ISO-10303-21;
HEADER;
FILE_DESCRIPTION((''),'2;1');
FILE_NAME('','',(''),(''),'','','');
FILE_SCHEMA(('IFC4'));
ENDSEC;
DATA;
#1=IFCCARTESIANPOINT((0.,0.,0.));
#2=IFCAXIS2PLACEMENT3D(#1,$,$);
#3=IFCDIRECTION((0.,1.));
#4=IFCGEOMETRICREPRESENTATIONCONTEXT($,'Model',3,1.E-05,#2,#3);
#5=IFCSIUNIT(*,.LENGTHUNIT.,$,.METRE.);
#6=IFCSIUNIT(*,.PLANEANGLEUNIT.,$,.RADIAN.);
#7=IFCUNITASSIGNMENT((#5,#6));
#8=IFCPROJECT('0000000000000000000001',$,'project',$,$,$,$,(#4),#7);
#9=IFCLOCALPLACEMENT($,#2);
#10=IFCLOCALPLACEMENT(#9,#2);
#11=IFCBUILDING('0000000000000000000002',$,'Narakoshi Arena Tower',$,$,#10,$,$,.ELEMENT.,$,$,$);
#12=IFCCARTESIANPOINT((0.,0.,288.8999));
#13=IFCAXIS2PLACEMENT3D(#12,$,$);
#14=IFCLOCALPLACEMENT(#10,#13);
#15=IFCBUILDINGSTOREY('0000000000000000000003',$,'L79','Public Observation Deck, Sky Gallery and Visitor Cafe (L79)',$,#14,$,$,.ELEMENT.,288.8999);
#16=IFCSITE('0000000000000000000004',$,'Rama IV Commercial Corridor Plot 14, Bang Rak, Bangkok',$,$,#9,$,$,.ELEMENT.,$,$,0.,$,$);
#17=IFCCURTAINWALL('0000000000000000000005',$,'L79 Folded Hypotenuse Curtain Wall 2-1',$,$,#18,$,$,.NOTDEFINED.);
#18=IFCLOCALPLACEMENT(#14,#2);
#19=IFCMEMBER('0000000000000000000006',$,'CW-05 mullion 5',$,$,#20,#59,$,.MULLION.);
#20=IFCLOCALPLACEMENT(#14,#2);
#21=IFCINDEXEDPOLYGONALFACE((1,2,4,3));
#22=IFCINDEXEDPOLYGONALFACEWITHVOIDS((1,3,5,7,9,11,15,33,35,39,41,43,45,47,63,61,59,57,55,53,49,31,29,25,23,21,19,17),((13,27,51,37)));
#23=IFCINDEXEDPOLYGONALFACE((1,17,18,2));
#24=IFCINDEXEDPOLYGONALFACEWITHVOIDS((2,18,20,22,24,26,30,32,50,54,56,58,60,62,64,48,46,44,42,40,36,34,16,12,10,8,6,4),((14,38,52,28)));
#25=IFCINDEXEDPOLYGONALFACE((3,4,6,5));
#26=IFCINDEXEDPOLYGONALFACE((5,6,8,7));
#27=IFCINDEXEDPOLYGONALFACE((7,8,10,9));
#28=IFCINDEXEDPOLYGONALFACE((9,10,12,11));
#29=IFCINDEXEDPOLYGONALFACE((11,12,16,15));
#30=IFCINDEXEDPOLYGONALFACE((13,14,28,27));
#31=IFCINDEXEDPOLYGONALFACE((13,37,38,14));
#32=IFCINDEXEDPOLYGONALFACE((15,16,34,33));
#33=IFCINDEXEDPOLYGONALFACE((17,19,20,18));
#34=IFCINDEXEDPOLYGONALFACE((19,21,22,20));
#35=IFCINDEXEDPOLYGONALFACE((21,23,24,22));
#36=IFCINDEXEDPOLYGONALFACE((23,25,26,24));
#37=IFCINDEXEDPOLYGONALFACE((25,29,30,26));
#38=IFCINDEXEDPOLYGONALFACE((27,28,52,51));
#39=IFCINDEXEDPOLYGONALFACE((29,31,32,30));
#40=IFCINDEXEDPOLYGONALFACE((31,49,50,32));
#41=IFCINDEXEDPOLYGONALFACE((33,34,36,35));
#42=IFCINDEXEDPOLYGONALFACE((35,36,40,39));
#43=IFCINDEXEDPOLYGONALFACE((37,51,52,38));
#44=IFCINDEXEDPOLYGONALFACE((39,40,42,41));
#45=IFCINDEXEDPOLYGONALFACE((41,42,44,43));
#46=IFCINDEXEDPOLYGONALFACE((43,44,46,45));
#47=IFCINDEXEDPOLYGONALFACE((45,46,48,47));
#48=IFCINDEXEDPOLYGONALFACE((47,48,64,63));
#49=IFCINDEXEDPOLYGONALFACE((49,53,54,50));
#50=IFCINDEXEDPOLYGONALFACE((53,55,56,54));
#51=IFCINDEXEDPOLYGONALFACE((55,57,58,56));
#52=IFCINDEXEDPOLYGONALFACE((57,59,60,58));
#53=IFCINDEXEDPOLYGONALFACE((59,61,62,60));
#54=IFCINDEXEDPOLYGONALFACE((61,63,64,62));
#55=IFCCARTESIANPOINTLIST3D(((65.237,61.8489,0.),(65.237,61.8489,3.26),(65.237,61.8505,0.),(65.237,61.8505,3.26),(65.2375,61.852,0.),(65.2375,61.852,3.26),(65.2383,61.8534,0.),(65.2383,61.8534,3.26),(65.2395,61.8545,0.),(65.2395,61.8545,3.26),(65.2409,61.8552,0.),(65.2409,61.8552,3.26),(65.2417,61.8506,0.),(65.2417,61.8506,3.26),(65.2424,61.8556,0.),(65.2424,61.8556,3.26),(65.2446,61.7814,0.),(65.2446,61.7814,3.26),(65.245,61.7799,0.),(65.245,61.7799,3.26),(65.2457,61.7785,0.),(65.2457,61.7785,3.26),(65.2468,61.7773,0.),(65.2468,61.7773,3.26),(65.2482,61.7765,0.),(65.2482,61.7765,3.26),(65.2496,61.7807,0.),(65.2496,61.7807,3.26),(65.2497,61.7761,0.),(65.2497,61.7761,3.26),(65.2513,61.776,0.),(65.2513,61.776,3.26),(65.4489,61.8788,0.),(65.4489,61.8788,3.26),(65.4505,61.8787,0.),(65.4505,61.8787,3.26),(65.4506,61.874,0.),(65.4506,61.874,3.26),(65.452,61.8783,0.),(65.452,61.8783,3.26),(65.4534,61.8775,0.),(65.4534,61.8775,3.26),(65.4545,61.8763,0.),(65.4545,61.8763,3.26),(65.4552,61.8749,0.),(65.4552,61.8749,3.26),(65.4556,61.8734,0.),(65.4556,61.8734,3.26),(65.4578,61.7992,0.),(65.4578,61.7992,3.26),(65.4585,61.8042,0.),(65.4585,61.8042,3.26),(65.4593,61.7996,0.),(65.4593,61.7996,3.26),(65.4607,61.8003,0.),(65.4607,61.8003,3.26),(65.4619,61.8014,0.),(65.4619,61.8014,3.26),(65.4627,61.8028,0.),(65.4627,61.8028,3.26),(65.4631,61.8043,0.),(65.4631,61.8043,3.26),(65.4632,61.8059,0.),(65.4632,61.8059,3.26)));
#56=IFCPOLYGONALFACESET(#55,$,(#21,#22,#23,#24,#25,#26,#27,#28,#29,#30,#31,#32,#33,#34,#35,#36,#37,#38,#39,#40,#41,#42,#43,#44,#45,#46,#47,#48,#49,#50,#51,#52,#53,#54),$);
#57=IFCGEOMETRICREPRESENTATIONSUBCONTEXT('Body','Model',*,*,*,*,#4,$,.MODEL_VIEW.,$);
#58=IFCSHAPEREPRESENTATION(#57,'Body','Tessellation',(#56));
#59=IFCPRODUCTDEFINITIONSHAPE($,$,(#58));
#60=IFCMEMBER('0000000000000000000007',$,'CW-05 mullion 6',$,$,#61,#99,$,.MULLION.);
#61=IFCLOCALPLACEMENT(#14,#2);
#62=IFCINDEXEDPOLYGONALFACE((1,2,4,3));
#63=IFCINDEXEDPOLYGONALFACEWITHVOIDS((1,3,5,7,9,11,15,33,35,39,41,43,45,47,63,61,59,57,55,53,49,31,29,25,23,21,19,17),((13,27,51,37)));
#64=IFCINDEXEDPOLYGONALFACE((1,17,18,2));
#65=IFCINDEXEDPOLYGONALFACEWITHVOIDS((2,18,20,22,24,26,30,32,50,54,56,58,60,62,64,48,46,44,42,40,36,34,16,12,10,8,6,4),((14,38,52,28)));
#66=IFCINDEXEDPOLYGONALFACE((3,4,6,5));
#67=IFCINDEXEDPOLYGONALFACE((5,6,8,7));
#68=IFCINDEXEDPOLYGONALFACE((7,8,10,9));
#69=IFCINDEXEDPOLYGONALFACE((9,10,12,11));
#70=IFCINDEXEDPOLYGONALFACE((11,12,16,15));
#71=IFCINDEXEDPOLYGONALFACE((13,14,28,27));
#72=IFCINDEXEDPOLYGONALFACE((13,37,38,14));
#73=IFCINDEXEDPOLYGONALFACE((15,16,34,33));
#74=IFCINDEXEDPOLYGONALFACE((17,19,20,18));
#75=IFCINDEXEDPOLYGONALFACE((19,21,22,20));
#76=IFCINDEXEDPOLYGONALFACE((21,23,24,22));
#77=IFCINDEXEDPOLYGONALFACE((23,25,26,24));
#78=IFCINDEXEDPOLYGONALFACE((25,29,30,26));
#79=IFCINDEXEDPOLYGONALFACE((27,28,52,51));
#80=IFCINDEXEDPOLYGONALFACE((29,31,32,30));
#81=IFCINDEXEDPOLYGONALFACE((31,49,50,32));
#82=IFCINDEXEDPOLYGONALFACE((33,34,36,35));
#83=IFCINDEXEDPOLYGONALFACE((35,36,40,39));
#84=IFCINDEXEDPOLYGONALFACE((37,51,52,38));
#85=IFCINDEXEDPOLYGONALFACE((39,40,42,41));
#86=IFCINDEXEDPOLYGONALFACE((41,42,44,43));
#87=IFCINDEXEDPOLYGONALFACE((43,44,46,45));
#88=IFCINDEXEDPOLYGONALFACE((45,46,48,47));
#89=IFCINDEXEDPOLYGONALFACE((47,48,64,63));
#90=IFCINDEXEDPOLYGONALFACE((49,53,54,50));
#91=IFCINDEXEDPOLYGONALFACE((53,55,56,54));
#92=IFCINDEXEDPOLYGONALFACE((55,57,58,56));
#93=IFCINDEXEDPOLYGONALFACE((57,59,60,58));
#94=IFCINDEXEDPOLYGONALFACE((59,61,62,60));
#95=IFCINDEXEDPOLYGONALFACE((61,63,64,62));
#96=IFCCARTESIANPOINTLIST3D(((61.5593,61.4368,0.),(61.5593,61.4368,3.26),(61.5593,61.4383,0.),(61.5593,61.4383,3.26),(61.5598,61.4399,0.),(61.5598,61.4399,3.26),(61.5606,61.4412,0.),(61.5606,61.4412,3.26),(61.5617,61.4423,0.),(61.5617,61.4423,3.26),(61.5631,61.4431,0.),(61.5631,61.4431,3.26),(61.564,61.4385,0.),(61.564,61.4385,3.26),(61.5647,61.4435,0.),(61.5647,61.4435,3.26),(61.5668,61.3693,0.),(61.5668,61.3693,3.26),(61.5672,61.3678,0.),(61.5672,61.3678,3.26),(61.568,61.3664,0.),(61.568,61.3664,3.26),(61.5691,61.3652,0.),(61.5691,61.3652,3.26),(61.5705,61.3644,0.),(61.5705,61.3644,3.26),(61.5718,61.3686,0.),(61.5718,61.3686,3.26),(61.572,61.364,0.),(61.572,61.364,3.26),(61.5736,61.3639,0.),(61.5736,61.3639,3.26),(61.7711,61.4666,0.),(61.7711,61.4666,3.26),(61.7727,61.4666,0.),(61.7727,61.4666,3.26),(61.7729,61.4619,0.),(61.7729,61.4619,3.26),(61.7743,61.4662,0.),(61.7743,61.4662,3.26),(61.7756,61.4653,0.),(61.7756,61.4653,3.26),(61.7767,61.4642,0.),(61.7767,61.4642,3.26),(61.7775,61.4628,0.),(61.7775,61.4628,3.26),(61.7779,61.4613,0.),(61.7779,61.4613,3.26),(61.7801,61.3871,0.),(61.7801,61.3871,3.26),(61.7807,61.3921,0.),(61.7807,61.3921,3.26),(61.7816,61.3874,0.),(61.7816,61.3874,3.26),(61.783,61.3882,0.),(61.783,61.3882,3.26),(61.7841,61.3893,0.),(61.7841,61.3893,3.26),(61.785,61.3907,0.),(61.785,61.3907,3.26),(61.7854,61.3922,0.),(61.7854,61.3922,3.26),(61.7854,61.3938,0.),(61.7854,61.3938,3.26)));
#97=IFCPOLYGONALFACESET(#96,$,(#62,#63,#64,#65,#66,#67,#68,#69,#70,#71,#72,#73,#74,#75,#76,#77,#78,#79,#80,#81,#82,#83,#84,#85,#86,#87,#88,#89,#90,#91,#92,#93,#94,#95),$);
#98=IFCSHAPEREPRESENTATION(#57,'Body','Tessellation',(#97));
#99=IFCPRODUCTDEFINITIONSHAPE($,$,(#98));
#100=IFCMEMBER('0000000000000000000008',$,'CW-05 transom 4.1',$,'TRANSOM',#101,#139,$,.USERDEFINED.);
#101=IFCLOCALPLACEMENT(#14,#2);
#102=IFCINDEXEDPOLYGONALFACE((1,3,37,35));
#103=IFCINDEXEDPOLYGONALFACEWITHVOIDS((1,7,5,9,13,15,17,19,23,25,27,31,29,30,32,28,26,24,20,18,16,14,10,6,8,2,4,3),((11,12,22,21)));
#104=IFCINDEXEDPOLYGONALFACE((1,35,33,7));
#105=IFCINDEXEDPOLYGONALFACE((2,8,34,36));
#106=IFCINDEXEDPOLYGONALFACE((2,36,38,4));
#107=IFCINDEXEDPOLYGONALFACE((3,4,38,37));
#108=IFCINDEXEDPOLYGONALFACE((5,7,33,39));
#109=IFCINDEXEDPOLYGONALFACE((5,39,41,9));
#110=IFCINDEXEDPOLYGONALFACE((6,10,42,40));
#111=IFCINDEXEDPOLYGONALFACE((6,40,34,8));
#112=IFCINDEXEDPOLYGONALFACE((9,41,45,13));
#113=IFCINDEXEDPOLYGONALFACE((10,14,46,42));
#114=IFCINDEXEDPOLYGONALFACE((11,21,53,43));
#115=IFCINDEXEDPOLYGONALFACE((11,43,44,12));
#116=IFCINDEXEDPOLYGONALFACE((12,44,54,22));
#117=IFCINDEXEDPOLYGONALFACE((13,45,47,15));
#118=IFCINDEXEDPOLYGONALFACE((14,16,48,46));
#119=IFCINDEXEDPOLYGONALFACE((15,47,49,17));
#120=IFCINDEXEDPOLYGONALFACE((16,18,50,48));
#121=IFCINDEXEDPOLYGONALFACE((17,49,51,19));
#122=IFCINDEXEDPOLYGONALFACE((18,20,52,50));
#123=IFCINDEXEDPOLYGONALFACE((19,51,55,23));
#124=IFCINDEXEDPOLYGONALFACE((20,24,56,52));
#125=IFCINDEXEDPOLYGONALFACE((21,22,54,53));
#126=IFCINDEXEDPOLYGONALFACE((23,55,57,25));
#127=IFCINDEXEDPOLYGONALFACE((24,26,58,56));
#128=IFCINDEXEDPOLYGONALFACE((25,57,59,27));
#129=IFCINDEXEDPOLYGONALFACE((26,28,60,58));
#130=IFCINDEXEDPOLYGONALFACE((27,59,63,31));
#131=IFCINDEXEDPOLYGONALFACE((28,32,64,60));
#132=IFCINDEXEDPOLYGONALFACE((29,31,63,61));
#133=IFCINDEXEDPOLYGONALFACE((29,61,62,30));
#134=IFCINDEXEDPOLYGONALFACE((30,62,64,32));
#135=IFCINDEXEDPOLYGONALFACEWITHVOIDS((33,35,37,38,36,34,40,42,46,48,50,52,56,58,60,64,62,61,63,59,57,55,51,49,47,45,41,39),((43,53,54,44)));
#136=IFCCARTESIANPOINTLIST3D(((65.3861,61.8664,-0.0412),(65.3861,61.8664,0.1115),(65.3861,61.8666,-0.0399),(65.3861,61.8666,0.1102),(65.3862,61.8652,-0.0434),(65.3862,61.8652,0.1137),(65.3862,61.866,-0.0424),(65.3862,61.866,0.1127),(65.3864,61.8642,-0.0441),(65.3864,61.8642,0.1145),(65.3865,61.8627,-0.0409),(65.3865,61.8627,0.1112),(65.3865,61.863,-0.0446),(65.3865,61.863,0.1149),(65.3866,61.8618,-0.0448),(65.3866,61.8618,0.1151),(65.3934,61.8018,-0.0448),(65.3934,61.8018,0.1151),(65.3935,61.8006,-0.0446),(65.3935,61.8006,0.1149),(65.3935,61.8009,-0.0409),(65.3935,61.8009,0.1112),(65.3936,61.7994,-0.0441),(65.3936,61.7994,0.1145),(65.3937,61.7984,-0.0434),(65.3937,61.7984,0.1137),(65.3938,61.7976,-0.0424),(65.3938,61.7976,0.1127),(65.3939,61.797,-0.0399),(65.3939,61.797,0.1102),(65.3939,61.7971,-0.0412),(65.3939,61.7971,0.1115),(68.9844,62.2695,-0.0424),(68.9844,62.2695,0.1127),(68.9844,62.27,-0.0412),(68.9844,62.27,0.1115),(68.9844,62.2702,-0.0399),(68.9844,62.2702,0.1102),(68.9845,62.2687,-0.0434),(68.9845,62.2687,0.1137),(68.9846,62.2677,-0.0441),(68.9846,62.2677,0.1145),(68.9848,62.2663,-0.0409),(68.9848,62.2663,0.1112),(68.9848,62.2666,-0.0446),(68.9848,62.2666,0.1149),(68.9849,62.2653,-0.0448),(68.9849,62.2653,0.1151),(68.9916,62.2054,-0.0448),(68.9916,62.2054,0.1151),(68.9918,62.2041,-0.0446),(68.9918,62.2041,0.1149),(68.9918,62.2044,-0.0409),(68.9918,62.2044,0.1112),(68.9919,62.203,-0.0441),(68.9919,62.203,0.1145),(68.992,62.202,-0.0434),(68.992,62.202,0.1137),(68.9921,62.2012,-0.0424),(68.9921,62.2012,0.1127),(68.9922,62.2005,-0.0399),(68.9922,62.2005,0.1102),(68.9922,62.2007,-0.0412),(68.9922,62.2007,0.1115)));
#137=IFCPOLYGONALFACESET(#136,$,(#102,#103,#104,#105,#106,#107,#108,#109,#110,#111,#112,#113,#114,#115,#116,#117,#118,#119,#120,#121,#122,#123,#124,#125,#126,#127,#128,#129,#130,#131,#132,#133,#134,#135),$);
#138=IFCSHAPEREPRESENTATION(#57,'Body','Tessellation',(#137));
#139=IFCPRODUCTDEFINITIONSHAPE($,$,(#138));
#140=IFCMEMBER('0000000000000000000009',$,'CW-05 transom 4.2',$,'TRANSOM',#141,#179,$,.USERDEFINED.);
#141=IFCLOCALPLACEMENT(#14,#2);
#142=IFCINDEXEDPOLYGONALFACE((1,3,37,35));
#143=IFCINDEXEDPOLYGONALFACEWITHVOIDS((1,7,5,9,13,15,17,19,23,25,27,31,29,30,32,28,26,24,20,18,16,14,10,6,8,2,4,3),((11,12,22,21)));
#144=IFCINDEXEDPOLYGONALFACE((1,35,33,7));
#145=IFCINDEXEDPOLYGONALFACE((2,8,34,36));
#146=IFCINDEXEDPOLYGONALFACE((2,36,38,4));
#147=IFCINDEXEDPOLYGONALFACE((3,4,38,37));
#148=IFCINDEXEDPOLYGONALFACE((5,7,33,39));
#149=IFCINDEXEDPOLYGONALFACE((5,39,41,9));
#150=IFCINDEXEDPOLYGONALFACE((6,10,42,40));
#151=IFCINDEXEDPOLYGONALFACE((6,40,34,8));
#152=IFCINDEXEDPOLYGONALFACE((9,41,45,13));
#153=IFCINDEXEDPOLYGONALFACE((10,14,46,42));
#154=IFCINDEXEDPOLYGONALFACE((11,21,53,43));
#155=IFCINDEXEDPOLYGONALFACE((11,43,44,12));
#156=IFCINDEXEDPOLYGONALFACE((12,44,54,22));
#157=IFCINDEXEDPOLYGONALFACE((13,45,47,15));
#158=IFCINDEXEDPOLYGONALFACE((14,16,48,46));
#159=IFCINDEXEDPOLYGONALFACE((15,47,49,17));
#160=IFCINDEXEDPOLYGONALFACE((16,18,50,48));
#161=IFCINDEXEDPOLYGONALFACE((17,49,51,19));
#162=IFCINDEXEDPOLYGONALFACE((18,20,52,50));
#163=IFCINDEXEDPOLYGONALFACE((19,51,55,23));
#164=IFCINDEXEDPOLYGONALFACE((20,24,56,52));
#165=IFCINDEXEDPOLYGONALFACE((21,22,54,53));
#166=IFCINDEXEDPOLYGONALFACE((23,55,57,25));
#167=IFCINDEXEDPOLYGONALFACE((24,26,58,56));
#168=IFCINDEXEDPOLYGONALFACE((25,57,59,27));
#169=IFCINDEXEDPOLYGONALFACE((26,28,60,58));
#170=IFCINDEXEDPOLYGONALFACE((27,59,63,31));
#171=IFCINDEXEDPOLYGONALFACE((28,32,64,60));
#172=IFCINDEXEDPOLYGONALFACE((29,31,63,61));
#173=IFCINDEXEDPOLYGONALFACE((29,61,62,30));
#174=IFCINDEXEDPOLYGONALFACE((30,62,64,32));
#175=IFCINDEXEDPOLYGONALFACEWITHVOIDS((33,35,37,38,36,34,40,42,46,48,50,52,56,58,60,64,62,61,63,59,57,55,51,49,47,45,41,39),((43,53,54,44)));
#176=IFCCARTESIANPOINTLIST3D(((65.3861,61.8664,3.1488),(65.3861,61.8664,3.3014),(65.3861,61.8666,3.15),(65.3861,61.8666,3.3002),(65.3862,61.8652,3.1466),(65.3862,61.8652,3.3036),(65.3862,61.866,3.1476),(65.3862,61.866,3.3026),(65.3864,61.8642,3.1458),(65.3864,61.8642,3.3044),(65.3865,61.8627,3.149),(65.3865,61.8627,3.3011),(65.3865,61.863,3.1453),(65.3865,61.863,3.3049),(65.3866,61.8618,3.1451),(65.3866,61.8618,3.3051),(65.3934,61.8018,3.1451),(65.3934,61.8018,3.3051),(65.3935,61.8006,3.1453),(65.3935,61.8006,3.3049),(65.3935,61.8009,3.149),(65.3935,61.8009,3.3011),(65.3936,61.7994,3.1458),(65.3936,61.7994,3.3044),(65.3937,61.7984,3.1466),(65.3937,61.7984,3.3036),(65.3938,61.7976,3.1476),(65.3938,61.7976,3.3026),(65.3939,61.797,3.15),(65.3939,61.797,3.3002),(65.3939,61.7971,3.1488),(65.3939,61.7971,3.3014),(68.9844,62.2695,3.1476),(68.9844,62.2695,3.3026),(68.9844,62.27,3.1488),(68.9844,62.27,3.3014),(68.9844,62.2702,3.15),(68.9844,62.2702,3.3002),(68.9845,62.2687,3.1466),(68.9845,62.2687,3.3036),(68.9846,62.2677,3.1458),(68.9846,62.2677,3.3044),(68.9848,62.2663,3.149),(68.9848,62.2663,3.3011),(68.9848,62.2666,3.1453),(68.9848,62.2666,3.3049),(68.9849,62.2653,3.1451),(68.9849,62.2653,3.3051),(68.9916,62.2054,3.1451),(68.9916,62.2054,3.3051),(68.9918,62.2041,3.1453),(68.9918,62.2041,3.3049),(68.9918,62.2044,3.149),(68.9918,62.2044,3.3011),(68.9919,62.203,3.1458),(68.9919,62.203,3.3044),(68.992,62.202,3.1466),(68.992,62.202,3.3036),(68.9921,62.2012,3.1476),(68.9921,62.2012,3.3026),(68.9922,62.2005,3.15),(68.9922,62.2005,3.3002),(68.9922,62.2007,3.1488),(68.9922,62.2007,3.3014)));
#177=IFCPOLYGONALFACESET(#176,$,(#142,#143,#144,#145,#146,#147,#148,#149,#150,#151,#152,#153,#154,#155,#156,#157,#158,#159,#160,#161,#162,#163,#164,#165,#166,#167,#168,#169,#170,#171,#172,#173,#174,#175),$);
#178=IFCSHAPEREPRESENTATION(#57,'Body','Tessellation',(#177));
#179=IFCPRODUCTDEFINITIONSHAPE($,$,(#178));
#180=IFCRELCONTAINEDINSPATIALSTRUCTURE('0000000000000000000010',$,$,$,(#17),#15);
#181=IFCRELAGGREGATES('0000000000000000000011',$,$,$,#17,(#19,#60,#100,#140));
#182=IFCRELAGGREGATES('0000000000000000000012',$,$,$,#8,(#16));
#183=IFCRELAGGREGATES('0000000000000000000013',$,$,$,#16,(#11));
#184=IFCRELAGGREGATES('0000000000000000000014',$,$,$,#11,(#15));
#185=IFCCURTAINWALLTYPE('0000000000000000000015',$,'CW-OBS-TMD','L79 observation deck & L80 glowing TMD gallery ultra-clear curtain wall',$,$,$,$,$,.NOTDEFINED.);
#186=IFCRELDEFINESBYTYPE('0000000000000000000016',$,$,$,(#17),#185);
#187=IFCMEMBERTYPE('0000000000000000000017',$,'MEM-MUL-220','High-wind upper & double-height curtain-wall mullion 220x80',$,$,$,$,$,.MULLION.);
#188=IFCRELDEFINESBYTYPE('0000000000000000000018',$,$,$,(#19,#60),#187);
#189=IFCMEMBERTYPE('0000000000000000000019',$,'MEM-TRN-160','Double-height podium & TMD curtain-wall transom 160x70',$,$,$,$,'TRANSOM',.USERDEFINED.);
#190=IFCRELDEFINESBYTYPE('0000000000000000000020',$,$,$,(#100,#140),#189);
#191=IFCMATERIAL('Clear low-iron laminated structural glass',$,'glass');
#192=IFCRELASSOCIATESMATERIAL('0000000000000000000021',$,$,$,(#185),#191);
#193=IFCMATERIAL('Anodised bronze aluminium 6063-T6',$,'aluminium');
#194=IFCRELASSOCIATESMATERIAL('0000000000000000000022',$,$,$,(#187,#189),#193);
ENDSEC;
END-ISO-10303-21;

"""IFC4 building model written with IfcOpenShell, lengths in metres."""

from ifc_helpers import new_model, si_unit, direction, frame, origin, origin_2d, place, context, subcontext, project, spatial, hollow_rectangle, extrude, material, material_profile, profile_set, type_object, element, aggregate, save


model = new_model("IFC4")

# Units and contexts
model_context = context("Model", 3, precision=1e-05, world=origin(), true_north=direction((0.0, 1.0)))
body_context = subcontext(model_context, "Body", "Model", "MODEL_VIEW")
ifc_project = project(units=[si_unit("LENGTHUNIT", "METRE"), si_unit("PLANEANGLEUNIT", "RADIAN")], contexts=[model_context])

# Site, building, storey
site_placement = place(None, origin())
site = spatial("IfcSite", under=ifc_project, at=site_placement, Name="Rama IV Commercial Corridor Plot 14, Bang Rak, Bangkok", CompositionType="ELEMENT", RefElevation=0.0)
building_placement = place(site_placement, origin())
building = spatial("IfcBuilding", under=site, at=building_placement, Name="Narakoshi Arena Tower", CompositionType="ELEMENT")
storey_placement = place(building_placement, frame((0.0, 0.0, 288.8999)))
storey = spatial("IfcBuildingStorey", under=building, at=storey_placement, Name="L79", Description="Public Observation Deck, Sky Gallery and Visitor Cafe (L79)", CompositionType="ELEMENT", Elevation=288.8999)

# Curtain wall, members
ifc_material_1 = material(Name="Clear low-iron laminated structural glass", Category="glass")
curtain_wall_type = type_object("IfcCurtainWallType", Name="CW-OBS-TMD", Description="L79 observation deck & L80 glowing TMD gallery ultra-clear curtain wall", PredefinedType="NOTDEFINED", material=ifc_material_1)
curtain_wall_placement = place(storey_placement, origin())
curtain_wall = element("IfcCurtainWall", 1, at=curtain_wall_placement, inside=storey, type_object=curtain_wall_type, Name="L79 Folded Hypotenuse Curtain Wall 2-1", PredefinedType="NOTDEFINED")
ifc_material_2 = material(Name="Anodised bronze aluminium 6063-T6", Category="aluminium")
ifc_material_profile_1 = material_profile(ifc_material_2, hollow_rectangle(XDim=0.0801, YDim=0.22, WallThickness=0.0049, OuterFilletRadius=0.0061, at=origin_2d()), Name="MUL220x80x5")
ifc_profile_set_1 = profile_set([ifc_material_profile_1], Name="Anodised bronze aluminium 6063-T6")
member_type_1 = type_object("IfcMemberType", Name="MEM-MUL-220", Description="High-wind upper & double-height curtain-wall mullion 220x80", PredefinedType="MULLION", material=ifc_profile_set_1)
member_1_placement = place(storey_placement, frame((65.3501, 61.8274, 0.0), z_axis=(0.0, 0.0, 1.0), x_axis=(0.111397, -0.993776, 0.0)))
member_1 = element("IfcMember", 2, at=member_1_placement, type_object=member_type_1, Name="CW-05 mullion 5", PredefinedType="MULLION", context=body_context, shape_type="SweptSolid", body=[
    extrude(hollow_rectangle(XDim=0.0801, YDim=0.22, WallThickness=0.0049, OuterFilletRadius=0.0061, at=origin_2d()), origin(), (0.0, 0.0, 1.0), 3.26),
])
member_2_placement = place(storey_placement, frame((61.6724, 61.4153, 0.0), z_axis=(0.0, 0.0, 1.0), x_axis=(0.111397, -0.993776, 0.0)))
member_2 = element("IfcMember", 3, at=member_2_placement, type_object=member_type_1, Name="CW-05 mullion 6", PredefinedType="MULLION", context=body_context, shape_type="SweptSolid", body=[
    extrude(hollow_rectangle(XDim=0.0801, YDim=0.22, WallThickness=0.0049, OuterFilletRadius=0.0061, at=origin_2d()), origin(), (0.0, 0.0, 1.0), 3.26),
])
ifc_material_profile_2 = material_profile(ifc_material_2, hollow_rectangle(XDim=0.0701, YDim=0.1599, WallThickness=0.0039, OuterFilletRadius=0.0049, at=origin_2d()), Name="TRN160x70x4")
ifc_profile_set_2 = profile_set([ifc_material_profile_2], Name="Anodised bronze aluminium 6063-T6")
member_type_2 = type_object("IfcMemberType", Name="MEM-TRN-160", Description="Double-height podium & TMD curtain-wall transom 160x70", ElementType="TRANSOM", PredefinedType="USERDEFINED", material=ifc_profile_set_2)
member_3_placement = place(storey_placement, frame((68.9883, 62.2354, 0.0352), z_axis=(-0.99377, -0.111453, 0.0), x_axis=(0.111453, -0.99377, 0.0)))
member_3 = element("IfcMember", 4, at=member_3_placement, type_object=member_type_2, Name="CW-05 transom 4.1", ObjectType="TRANSOM", PredefinedType="USERDEFINED", context=body_context, shape_type="SweptSolid", body=[
    extrude(hollow_rectangle(XDim=0.0701, YDim=0.1599, WallThickness=0.0039, OuterFilletRadius=0.0049, at=origin_2d()), origin(), (0.0, 0.0, 1.0), 3.6208),
])
member_4_placement = place(storey_placement, frame((68.9883, 62.2354, 3.2251), z_axis=(-0.99377, -0.111453, 0.0), x_axis=(0.111453, -0.99377, 0.0)))
member_4 = element("IfcMember", 5, at=member_4_placement, type_object=member_type_2, Name="CW-05 transom 4.2", ObjectType="TRANSOM", PredefinedType="USERDEFINED", context=body_context, shape_type="SweptSolid", body=[
    extrude(hollow_rectangle(XDim=0.0701, YDim=0.1599, WallThickness=0.0039, OuterFilletRadius=0.0049, at=origin_2d()), origin(), (0.0, 0.0, 1.0), 3.6208),
])
aggregate(curtain_wall, [member_1, member_2, member_3, member_4])

save(model, "model.ifc")
